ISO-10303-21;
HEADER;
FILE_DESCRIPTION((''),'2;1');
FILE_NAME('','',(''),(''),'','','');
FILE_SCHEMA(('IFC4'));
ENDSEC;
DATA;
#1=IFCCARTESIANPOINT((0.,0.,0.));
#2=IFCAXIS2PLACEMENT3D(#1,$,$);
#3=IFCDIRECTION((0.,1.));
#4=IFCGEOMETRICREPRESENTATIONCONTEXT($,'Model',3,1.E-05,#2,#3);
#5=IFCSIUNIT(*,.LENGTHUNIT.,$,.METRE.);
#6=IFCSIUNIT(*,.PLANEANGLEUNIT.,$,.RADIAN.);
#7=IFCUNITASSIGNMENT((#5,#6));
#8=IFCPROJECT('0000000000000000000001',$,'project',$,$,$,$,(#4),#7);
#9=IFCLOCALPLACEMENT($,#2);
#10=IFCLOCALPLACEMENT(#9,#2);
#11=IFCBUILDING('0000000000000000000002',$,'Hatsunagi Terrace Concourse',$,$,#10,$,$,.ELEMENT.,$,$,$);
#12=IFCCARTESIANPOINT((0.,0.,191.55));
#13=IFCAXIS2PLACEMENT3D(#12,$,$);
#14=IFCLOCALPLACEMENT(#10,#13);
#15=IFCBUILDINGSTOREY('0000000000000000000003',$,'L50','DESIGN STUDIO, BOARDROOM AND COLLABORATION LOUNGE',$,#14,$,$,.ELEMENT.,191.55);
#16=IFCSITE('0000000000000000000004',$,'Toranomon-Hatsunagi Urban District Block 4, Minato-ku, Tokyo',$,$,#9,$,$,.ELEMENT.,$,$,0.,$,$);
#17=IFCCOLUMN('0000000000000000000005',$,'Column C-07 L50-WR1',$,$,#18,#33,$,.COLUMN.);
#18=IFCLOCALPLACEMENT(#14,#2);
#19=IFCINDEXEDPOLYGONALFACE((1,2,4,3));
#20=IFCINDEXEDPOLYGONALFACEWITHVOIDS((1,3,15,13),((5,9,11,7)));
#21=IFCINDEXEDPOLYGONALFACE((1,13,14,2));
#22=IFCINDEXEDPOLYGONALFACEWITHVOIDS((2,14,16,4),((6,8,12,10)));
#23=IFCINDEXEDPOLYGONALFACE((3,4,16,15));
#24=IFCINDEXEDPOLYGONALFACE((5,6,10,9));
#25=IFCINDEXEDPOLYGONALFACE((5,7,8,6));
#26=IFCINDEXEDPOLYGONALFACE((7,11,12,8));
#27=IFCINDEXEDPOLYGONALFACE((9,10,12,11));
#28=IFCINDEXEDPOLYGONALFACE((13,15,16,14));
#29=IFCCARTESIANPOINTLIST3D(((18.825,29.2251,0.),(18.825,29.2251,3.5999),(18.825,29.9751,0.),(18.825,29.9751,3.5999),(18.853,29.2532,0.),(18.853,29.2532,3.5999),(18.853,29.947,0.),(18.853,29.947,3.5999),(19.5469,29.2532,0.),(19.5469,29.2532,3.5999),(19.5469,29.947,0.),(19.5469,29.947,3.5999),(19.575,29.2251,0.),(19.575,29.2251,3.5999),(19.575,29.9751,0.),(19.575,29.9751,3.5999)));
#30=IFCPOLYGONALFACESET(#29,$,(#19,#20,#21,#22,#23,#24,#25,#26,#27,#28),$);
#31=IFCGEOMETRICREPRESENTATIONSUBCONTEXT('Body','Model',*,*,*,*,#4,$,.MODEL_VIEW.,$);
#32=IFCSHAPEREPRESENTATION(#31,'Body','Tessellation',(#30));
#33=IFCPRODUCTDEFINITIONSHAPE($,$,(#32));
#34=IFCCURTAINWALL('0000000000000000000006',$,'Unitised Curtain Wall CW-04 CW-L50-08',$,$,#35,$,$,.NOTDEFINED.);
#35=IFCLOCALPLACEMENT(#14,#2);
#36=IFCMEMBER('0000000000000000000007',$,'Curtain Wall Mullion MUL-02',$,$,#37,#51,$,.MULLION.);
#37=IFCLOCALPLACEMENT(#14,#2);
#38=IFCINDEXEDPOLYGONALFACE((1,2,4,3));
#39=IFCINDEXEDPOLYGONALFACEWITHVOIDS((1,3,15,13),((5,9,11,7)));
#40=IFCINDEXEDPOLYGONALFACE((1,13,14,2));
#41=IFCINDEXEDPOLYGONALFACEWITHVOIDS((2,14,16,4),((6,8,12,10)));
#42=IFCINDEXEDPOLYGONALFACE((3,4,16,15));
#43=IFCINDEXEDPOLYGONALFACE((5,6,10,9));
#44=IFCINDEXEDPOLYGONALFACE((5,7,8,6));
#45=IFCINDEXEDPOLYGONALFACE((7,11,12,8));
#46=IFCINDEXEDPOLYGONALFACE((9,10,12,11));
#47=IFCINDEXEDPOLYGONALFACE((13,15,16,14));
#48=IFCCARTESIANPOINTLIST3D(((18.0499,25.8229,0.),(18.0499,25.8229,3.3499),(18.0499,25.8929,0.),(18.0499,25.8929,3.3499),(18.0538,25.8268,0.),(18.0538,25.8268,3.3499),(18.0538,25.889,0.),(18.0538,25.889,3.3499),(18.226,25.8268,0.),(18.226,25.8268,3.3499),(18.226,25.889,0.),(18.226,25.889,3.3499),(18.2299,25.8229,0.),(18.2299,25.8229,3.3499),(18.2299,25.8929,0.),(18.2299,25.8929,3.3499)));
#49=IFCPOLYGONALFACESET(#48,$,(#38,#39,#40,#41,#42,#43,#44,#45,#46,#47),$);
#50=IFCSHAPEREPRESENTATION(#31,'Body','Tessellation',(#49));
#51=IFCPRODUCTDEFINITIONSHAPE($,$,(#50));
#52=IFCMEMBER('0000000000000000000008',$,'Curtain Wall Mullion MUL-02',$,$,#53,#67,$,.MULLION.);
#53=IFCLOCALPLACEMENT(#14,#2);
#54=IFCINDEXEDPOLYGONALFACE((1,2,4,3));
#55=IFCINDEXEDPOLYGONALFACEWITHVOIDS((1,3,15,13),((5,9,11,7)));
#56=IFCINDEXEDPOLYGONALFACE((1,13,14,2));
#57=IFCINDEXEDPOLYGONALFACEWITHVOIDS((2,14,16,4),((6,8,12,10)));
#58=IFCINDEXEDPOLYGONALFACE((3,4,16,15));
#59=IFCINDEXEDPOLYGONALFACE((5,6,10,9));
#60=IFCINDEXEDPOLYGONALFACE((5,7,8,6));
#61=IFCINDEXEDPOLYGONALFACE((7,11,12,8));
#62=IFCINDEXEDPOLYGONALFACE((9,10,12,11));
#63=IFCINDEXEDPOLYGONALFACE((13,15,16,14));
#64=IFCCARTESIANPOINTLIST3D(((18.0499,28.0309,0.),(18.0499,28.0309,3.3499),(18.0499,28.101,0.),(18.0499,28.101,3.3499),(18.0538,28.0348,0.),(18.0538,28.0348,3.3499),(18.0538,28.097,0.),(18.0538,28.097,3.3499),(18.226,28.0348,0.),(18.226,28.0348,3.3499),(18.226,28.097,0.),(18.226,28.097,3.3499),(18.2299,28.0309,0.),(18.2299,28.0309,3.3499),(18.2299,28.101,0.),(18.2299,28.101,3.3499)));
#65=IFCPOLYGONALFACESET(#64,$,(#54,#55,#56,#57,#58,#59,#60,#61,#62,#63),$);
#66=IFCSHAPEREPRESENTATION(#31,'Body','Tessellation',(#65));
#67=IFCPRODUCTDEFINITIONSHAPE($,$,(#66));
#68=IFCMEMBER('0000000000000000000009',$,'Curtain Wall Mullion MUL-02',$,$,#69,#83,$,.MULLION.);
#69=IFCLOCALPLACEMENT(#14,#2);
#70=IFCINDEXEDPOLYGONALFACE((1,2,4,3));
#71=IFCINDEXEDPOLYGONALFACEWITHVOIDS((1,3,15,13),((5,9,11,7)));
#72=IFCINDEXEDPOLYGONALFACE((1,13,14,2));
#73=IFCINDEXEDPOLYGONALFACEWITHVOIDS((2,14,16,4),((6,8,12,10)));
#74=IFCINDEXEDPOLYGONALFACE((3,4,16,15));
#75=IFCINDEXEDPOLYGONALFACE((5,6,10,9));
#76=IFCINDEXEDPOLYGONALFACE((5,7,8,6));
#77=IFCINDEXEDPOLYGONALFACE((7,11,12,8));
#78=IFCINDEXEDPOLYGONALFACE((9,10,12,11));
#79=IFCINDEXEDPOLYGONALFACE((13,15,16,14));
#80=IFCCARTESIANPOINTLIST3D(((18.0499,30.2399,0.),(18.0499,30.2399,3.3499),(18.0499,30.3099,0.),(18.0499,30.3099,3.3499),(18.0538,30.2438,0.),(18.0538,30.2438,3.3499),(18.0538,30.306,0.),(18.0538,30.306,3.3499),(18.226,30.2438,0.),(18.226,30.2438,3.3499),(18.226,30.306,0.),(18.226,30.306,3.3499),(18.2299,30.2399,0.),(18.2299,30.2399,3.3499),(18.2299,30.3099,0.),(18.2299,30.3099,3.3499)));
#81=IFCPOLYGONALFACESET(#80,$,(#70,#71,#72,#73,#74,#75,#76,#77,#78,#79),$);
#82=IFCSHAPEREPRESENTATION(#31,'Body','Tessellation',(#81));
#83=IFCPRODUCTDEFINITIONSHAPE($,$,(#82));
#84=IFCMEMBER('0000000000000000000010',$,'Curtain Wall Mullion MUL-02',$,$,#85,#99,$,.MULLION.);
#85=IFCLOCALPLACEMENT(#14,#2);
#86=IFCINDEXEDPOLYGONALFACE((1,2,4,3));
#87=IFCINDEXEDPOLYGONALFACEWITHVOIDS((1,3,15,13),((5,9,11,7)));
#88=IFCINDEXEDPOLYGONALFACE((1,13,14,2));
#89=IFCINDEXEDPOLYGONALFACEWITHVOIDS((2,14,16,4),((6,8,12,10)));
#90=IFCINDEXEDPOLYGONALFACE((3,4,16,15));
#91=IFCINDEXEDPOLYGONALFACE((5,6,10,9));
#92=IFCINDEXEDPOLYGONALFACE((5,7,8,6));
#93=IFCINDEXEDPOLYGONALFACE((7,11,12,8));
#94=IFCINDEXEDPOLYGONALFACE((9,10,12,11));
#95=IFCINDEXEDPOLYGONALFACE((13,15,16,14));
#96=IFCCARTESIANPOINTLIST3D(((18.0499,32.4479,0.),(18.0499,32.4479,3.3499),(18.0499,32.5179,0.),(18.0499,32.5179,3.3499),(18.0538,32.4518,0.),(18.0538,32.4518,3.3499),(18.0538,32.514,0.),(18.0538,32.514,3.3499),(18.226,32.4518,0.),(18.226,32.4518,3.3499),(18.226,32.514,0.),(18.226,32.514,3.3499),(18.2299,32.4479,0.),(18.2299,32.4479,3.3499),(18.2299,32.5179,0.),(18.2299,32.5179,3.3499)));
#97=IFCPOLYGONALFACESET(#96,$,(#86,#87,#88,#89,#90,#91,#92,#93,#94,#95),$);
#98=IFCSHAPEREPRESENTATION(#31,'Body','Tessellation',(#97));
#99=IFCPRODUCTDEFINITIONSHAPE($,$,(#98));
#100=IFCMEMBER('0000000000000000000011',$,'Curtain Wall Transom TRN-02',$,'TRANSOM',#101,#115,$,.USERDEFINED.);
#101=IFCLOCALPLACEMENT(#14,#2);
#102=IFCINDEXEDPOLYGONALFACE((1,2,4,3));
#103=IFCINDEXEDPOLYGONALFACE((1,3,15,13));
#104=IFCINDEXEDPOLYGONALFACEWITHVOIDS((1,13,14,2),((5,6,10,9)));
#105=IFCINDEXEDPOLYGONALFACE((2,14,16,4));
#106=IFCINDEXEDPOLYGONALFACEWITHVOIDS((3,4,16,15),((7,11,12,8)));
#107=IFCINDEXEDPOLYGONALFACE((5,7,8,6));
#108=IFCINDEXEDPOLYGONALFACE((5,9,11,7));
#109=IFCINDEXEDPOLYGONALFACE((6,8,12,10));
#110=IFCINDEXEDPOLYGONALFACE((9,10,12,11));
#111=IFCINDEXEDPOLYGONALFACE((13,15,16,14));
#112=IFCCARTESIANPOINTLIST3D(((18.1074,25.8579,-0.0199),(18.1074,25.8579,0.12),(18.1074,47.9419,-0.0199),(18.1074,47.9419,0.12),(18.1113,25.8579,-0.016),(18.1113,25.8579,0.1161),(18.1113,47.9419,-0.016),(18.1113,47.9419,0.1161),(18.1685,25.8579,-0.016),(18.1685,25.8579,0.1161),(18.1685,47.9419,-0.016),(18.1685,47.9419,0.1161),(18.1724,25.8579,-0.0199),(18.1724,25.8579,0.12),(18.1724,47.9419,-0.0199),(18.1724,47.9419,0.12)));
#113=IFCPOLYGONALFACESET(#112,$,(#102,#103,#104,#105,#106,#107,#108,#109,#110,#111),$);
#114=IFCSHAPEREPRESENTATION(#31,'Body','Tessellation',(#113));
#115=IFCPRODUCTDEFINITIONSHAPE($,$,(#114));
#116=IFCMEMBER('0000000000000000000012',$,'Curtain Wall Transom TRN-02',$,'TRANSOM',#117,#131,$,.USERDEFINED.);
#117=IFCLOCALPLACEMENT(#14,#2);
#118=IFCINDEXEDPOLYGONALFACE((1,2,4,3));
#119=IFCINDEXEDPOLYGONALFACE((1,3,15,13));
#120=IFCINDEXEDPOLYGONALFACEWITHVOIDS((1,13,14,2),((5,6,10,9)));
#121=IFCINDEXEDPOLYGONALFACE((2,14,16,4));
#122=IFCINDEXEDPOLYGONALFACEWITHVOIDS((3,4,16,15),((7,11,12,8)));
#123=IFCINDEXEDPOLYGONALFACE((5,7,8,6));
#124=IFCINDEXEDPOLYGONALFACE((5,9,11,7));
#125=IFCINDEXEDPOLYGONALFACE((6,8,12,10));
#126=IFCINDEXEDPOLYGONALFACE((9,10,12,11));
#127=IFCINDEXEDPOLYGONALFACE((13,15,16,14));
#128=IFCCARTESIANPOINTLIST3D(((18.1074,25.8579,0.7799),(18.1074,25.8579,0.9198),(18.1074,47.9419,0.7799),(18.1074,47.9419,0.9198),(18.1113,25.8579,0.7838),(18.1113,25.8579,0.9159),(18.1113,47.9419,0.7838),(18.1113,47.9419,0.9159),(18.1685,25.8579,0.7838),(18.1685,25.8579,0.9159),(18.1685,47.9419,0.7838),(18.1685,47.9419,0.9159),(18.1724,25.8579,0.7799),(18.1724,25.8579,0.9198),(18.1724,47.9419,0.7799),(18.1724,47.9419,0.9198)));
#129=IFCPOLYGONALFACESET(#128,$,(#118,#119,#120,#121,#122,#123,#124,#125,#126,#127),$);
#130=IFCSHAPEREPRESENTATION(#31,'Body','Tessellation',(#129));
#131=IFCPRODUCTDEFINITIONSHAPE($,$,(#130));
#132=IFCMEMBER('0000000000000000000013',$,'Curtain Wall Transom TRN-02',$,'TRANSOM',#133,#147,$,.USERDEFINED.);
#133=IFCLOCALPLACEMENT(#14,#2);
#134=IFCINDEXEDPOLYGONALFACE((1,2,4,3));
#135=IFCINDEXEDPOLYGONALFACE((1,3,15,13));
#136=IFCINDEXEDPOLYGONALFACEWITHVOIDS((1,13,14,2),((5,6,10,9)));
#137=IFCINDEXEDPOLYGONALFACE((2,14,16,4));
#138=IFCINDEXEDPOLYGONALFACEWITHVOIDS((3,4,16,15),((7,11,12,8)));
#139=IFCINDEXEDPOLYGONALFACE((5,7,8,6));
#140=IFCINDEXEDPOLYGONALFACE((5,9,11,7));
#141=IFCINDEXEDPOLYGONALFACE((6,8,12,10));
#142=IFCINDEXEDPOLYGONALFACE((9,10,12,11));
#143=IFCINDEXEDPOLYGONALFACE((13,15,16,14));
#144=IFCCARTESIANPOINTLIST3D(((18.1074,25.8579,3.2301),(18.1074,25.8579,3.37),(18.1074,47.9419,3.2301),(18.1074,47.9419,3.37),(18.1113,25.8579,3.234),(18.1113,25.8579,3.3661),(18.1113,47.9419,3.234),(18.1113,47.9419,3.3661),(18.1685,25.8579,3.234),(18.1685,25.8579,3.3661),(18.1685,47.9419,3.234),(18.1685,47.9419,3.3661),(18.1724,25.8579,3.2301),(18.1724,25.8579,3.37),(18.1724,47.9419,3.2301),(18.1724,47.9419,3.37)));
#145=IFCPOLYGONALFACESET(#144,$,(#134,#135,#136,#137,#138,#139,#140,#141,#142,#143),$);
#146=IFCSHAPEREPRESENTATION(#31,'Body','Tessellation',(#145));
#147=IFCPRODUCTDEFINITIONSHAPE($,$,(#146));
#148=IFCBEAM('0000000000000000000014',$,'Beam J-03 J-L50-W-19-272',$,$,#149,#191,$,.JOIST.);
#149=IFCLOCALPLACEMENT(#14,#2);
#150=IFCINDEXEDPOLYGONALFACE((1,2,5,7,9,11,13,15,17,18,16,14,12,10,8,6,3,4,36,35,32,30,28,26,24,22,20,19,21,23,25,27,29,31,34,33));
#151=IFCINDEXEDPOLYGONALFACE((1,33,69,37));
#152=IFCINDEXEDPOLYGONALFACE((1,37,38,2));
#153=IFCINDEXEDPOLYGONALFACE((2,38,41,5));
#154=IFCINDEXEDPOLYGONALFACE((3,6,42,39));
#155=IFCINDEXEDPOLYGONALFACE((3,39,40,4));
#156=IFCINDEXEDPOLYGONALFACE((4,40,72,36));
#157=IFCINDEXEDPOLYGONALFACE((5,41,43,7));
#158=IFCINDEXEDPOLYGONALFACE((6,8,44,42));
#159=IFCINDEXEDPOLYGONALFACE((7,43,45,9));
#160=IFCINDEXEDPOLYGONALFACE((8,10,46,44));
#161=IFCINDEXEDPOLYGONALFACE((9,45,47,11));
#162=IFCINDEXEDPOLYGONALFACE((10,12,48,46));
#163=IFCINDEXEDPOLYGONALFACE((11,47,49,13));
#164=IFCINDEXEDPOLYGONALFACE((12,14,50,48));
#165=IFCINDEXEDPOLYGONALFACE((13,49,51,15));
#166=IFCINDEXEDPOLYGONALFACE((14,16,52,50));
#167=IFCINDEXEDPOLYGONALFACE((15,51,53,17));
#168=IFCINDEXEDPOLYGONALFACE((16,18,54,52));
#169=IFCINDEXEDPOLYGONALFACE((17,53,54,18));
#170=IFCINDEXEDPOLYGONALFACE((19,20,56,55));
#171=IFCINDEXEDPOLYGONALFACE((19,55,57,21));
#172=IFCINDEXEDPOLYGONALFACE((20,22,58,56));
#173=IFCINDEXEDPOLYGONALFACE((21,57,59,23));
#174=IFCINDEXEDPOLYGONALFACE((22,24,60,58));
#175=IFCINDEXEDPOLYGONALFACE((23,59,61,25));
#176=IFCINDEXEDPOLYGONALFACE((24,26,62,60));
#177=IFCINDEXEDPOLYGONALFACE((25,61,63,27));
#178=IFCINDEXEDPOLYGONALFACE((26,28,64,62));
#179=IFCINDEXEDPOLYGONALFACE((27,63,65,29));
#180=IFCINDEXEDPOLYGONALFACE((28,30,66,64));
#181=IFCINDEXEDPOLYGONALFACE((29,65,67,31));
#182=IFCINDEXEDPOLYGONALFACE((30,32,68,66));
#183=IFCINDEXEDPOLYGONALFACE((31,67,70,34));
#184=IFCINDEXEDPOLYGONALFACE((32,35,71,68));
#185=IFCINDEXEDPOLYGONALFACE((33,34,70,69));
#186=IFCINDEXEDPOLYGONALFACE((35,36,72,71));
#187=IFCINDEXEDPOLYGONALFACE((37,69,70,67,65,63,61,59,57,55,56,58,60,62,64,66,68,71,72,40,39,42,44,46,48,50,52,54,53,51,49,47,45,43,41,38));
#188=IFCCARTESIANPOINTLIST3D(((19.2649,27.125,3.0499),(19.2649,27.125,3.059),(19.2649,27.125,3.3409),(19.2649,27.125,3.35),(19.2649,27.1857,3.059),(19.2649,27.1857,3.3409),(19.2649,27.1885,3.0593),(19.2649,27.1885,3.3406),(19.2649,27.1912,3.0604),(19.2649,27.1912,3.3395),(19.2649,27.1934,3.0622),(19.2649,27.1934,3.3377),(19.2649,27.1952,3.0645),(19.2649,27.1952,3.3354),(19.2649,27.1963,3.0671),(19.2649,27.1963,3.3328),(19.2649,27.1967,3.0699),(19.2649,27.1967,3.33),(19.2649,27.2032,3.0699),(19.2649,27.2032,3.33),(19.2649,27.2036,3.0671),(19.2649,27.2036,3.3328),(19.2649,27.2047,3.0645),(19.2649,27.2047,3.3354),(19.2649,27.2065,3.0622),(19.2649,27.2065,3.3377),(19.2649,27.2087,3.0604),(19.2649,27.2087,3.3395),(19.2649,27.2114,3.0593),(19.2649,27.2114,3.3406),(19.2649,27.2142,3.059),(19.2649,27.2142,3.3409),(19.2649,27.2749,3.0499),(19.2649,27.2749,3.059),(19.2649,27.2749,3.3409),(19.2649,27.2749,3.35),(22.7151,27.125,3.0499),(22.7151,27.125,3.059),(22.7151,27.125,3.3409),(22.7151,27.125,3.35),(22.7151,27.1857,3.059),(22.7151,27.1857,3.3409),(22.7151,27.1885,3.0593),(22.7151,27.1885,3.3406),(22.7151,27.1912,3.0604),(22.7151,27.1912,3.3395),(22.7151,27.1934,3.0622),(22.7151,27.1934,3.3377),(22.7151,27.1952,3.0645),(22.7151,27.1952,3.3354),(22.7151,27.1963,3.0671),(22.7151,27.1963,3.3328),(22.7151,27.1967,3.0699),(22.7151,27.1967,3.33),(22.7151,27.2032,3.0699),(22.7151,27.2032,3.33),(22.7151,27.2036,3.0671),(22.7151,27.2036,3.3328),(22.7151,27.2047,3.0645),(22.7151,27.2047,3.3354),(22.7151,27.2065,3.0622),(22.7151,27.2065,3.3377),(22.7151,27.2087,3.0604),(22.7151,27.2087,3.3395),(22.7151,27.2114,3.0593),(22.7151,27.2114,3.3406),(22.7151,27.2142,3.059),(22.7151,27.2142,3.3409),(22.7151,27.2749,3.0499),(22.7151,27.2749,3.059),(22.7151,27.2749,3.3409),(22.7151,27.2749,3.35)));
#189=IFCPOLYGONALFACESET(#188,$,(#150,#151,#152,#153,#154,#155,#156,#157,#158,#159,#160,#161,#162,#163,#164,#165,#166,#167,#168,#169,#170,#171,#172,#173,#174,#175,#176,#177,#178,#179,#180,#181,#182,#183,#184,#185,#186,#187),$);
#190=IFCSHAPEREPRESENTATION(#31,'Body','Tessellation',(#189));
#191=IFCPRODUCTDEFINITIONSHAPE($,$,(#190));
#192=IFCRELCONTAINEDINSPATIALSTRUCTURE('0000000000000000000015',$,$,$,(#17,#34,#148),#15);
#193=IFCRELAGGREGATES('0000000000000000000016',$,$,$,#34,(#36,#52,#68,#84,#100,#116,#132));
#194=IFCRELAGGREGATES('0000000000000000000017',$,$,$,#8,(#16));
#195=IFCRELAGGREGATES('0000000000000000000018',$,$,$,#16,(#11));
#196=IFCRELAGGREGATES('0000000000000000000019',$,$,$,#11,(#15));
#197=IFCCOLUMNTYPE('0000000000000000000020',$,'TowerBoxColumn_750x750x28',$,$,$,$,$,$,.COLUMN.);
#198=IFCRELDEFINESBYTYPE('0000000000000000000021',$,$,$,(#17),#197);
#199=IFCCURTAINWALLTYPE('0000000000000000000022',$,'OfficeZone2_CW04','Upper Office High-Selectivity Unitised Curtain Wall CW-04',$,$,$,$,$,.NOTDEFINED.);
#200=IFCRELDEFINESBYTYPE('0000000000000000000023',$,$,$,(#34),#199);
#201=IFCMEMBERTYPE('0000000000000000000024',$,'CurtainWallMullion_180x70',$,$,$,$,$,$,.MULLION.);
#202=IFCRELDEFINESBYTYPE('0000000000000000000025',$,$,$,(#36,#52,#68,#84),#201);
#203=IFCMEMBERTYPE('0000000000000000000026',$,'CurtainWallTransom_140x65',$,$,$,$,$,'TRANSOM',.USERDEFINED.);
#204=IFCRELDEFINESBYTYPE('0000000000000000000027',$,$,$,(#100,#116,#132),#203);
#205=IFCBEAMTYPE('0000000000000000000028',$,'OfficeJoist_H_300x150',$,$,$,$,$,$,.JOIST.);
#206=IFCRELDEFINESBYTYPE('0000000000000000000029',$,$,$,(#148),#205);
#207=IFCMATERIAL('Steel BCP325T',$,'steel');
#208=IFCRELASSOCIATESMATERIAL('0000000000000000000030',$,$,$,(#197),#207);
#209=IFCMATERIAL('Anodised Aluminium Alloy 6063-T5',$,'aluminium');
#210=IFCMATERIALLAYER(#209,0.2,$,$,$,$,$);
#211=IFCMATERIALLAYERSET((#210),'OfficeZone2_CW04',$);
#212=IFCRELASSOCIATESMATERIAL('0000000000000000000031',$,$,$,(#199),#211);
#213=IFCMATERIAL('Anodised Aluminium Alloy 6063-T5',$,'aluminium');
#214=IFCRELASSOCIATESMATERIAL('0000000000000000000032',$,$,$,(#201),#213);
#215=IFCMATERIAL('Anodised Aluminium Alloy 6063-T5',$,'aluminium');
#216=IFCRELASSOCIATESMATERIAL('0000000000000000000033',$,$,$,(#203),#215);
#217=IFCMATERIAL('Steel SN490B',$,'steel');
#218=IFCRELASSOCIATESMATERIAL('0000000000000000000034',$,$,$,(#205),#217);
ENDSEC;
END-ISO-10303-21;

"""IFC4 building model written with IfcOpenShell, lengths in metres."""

from ifc_helpers import new_model, si_unit, direction, frame, origin, origin_2d, place, context, subcontext, project, spatial, hollow_rectangle, i_section, extrude, material, layer, layer_set, material_profile, profile_set, type_object, element, aggregate, save


model = new_model("IFC4")

# Units and contexts
model_context = context("Model", 3, precision=1e-05, world=origin(), true_north=direction((0.0, 1.0)))
body_context = subcontext(model_context, "Body", "Model", "MODEL_VIEW")
ifc_project = project(units=[si_unit("LENGTHUNIT", "METRE"), si_unit("PLANEANGLEUNIT", "RADIAN")], contexts=[model_context])

# Site, building, storey
site_placement = place(None, origin())
site = spatial("IfcSite", under=ifc_project, at=site_placement, Name="Toranomon-Hatsunagi Urban District Block 4, Minato-ku, Tokyo", CompositionType="ELEMENT", RefElevation=0.0)
building_placement = place(site_placement, origin())
building = spatial("IfcBuilding", under=site, at=building_placement, Name="Hatsunagi Terrace Concourse", CompositionType="ELEMENT")
storey_placement = place(building_placement, frame((0.0, 0.0, 191.55)))
storey = spatial("IfcBuildingStorey", under=building, at=storey_placement, Name="L50", Description="DESIGN STUDIO, BOARDROOM AND COLLABORATION LOUNGE", CompositionType="ELEMENT", Elevation=191.55)

# Column
ifc_material_1 = material(Name="Steel BCP325T", Category="steel")
ifc_material_profile_1 = material_profile(ifc_material_1, hollow_rectangle(XDim=0.75, YDim=0.75, WallThickness=0.0281, at=origin_2d()), Name="BCP-750x750x28")
ifc_profile_set_1 = profile_set([ifc_material_profile_1], Name="Steel BCP325T")
column_type = type_object("IfcColumnType", Name="TowerBoxColumn_750x750x28", PredefinedType="COLUMN", material=ifc_profile_set_1)
column_placement = place(storey_placement, frame((19.2, 29.6001, 0.0), z_axis=(0.0, 0.0, 1.0), x_axis=(1.0, 0.0, 0.0)))
element("IfcColumn", 1, at=column_placement, inside=storey, type_object=column_type, Name="Column C-07 L50-WR1", PredefinedType="COLUMN", context=body_context, shape_type="SweptSolid", body=[
    extrude(hollow_rectangle(XDim=0.75, YDim=0.75, WallThickness=0.0281, at=origin_2d()), origin(), (0.0, 0.0, 1.0), 3.5999),
])

# Curtain wall, members
ifc_material_2 = material(Name="Anodised Aluminium Alloy 6063-T5", Category="aluminium")
ifc_layer_1 = layer(ifc_material_2, 0.2)
ifc_layer_set_1 = layer_set([ifc_layer_1], Name="OfficeZone2_CW04")
curtain_wall_type = type_object("IfcCurtainWallType", Name="OfficeZone2_CW04", Description="Upper Office High-Selectivity Unitised Curtain Wall CW-04", PredefinedType="NOTDEFINED", material=ifc_layer_set_1)
curtain_wall_placement = place(storey_placement, origin())
curtain_wall = element("IfcCurtainWall", 2, at=curtain_wall_placement, inside=storey, type_object=curtain_wall_type, Name="Unitised Curtain Wall CW-04 CW-L50-08", PredefinedType="NOTDEFINED")
ifc_material_3 = material(Name="Anodised Aluminium Alloy 6063-T5", Category="aluminium")
ifc_material_profile_2 = material_profile(ifc_material_3, hollow_rectangle(XDim=0.0701, YDim=0.1799, WallThickness=0.0039, at=origin_2d()), Name="ALU-MUL-180x70x4")
ifc_profile_set_2 = profile_set([ifc_material_profile_2], Name="Anodised Aluminium Alloy 6063-T5")
member_type_1 = type_object("IfcMemberType", Name="CurtainWallMullion_180x70", PredefinedType="MULLION", material=ifc_profile_set_2)
member_1_placement = place(storey_placement, frame((18.1399, 25.8579, 0.0), z_axis=(0.0, 0.0, 1.0), x_axis=(0.0, 1.0, 0.0)))
member_1 = element("IfcMember", 3, at=member_1_placement, type_object=member_type_1, Name="Curtain Wall Mullion MUL-02", PredefinedType="MULLION", context=body_context, shape_type="SweptSolid", body=[
    extrude(hollow_rectangle(XDim=0.0701, YDim=0.1799, WallThickness=0.0039, at=origin_2d()), origin(), (0.0, 0.0, 1.0), 3.3499),
])
member_2_placement = place(storey_placement, frame((18.1399, 28.0659, 0.0), z_axis=(0.0, 0.0, 1.0), x_axis=(0.0, 1.0, 0.0)))
member_2 = element("IfcMember", 4, at=member_2_placement, type_object=member_type_1, Name="Curtain Wall Mullion MUL-02", PredefinedType="MULLION", context=body_context, shape_type="SweptSolid", body=[
    extrude(hollow_rectangle(XDim=0.0701, YDim=0.1799, WallThickness=0.0039, at=origin_2d()), origin(), (0.0, 0.0, 1.0), 3.3499),
])
member_3_placement = place(storey_placement, frame((18.1399, 30.2749, 0.0), z_axis=(0.0, 0.0, 1.0), x_axis=(0.0, 1.0, 0.0)))
member_3 = element("IfcMember", 5, at=member_3_placement, type_object=member_type_1, Name="Curtain Wall Mullion MUL-02", PredefinedType="MULLION", context=body_context, shape_type="SweptSolid", body=[
    extrude(hollow_rectangle(XDim=0.0701, YDim=0.1799, WallThickness=0.0039, at=origin_2d()), origin(), (0.0, 0.0, 1.0), 3.3499),
])
member_4_placement = place(storey_placement, frame((18.1399, 32.4829, 0.0), z_axis=(0.0, 0.0, 1.0), x_axis=(0.0, 1.0, 0.0)))
member_4 = element("IfcMember", 6, at=member_4_placement, type_object=member_type_1, Name="Curtain Wall Mullion MUL-02", PredefinedType="MULLION", context=body_context, shape_type="SweptSolid", body=[
    extrude(hollow_rectangle(XDim=0.0701, YDim=0.1799, WallThickness=0.0039, at=origin_2d()), origin(), (0.0, 0.0, 1.0), 3.3499),
])
ifc_material_4 = material(Name="Anodised Aluminium Alloy 6063-T5", Category="aluminium")
ifc_material_profile_3 = material_profile(ifc_material_4, hollow_rectangle(XDim=0.0649, YDim=0.1399, WallThickness=0.0039, at=origin_2d()), Name="ALU-TRN-140x65x4")
ifc_profile_set_3 = profile_set([ifc_material_profile_3], Name="Anodised Aluminium Alloy 6063-T5")
member_type_2 = type_object("IfcMemberType", Name="CurtainWallTransom_140x65", ElementType="TRANSOM", PredefinedType="USERDEFINED", material=ifc_profile_set_3)
member_5_placement = place(storey_placement, frame((18.1399, 25.8579, 0.05), z_axis=(0.0, 1.0, 0.0), x_axis=(-1.0, 0.0, 0.0)))
member_5 = element("IfcMember", 7, at=member_5_placement, type_object=member_type_2, Name="Curtain Wall Transom TRN-02", ObjectType="TRANSOM", PredefinedType="USERDEFINED", context=body_context, shape_type="SweptSolid", body=[
    extrude(hollow_rectangle(XDim=0.0649, YDim=0.1399, WallThickness=0.0039, at=origin_2d()), origin(), (0.0, 0.0, 1.0), 22.084),
])
member_6_placement = place(storey_placement, frame((18.1399, 25.8579, 0.8499), z_axis=(0.0, 1.0, 0.0), x_axis=(-1.0, 0.0, 0.0)))
member_6 = element("IfcMember", 8, at=member_6_placement, type_object=member_type_2, Name="Curtain Wall Transom TRN-02", ObjectType="TRANSOM", PredefinedType="USERDEFINED", context=body_context, shape_type="SweptSolid", body=[
    extrude(hollow_rectangle(XDim=0.0649, YDim=0.1399, WallThickness=0.0039, at=origin_2d()), origin(), (0.0, 0.0, 1.0), 22.084),
])
member_7_placement = place(storey_placement, frame((18.1399, 25.8579, 3.3), z_axis=(0.0, 1.0, 0.0), x_axis=(-1.0, 0.0, 0.0)))
member_7 = element("IfcMember", 9, at=member_7_placement, type_object=member_type_2, Name="Curtain Wall Transom TRN-02", ObjectType="TRANSOM", PredefinedType="USERDEFINED", context=body_context, shape_type="SweptSolid", body=[
    extrude(hollow_rectangle(XDim=0.0649, YDim=0.1399, WallThickness=0.0039, at=origin_2d()), origin(), (0.0, 0.0, 1.0), 22.084),
])

# Beam
ifc_material_5 = material(Name="Steel SN490B", Category="steel")
ifc_material_profile_4 = material_profile(ifc_material_5, i_section(OverallWidth=0.1499, OverallDepth=0.3, WebThickness=0.0066, FlangeThickness=0.009, FilletRadius=0.011, at=origin_2d()), Name="H-300x150x6.5x9")
ifc_profile_set_4 = profile_set([ifc_material_profile_4], Name="Steel SN490B")
beam_type_1 = type_object("IfcBeamType", Name="OfficeJoist_H_300x150", PredefinedType="JOIST", material=ifc_profile_set_4)
beam_1_placement = place(storey_placement, frame((19.2649, 27.2, 3.2), z_axis=(1.0, 0.0, 0.0), x_axis=(0.0, 1.0, 0.0)))
element("IfcBeam", 10, at=beam_1_placement, inside=storey, type_object=beam_type_1, Name="Beam J-03 J-L50-W-19-272", PredefinedType="JOIST", context=body_context, shape_type="SweptSolid", body=[
    extrude(i_section(OverallWidth=0.1499, OverallDepth=0.3, WebThickness=0.0066, FlangeThickness=0.009, FilletRadius=0.011, at=origin_2d()), origin(), (0.0, 0.0, 1.0), 3.4502),
])

aggregate(curtain_wall, [member_1, member_2, member_3, member_4, member_5, member_6, member_7])

save(model, "model.ifc")
